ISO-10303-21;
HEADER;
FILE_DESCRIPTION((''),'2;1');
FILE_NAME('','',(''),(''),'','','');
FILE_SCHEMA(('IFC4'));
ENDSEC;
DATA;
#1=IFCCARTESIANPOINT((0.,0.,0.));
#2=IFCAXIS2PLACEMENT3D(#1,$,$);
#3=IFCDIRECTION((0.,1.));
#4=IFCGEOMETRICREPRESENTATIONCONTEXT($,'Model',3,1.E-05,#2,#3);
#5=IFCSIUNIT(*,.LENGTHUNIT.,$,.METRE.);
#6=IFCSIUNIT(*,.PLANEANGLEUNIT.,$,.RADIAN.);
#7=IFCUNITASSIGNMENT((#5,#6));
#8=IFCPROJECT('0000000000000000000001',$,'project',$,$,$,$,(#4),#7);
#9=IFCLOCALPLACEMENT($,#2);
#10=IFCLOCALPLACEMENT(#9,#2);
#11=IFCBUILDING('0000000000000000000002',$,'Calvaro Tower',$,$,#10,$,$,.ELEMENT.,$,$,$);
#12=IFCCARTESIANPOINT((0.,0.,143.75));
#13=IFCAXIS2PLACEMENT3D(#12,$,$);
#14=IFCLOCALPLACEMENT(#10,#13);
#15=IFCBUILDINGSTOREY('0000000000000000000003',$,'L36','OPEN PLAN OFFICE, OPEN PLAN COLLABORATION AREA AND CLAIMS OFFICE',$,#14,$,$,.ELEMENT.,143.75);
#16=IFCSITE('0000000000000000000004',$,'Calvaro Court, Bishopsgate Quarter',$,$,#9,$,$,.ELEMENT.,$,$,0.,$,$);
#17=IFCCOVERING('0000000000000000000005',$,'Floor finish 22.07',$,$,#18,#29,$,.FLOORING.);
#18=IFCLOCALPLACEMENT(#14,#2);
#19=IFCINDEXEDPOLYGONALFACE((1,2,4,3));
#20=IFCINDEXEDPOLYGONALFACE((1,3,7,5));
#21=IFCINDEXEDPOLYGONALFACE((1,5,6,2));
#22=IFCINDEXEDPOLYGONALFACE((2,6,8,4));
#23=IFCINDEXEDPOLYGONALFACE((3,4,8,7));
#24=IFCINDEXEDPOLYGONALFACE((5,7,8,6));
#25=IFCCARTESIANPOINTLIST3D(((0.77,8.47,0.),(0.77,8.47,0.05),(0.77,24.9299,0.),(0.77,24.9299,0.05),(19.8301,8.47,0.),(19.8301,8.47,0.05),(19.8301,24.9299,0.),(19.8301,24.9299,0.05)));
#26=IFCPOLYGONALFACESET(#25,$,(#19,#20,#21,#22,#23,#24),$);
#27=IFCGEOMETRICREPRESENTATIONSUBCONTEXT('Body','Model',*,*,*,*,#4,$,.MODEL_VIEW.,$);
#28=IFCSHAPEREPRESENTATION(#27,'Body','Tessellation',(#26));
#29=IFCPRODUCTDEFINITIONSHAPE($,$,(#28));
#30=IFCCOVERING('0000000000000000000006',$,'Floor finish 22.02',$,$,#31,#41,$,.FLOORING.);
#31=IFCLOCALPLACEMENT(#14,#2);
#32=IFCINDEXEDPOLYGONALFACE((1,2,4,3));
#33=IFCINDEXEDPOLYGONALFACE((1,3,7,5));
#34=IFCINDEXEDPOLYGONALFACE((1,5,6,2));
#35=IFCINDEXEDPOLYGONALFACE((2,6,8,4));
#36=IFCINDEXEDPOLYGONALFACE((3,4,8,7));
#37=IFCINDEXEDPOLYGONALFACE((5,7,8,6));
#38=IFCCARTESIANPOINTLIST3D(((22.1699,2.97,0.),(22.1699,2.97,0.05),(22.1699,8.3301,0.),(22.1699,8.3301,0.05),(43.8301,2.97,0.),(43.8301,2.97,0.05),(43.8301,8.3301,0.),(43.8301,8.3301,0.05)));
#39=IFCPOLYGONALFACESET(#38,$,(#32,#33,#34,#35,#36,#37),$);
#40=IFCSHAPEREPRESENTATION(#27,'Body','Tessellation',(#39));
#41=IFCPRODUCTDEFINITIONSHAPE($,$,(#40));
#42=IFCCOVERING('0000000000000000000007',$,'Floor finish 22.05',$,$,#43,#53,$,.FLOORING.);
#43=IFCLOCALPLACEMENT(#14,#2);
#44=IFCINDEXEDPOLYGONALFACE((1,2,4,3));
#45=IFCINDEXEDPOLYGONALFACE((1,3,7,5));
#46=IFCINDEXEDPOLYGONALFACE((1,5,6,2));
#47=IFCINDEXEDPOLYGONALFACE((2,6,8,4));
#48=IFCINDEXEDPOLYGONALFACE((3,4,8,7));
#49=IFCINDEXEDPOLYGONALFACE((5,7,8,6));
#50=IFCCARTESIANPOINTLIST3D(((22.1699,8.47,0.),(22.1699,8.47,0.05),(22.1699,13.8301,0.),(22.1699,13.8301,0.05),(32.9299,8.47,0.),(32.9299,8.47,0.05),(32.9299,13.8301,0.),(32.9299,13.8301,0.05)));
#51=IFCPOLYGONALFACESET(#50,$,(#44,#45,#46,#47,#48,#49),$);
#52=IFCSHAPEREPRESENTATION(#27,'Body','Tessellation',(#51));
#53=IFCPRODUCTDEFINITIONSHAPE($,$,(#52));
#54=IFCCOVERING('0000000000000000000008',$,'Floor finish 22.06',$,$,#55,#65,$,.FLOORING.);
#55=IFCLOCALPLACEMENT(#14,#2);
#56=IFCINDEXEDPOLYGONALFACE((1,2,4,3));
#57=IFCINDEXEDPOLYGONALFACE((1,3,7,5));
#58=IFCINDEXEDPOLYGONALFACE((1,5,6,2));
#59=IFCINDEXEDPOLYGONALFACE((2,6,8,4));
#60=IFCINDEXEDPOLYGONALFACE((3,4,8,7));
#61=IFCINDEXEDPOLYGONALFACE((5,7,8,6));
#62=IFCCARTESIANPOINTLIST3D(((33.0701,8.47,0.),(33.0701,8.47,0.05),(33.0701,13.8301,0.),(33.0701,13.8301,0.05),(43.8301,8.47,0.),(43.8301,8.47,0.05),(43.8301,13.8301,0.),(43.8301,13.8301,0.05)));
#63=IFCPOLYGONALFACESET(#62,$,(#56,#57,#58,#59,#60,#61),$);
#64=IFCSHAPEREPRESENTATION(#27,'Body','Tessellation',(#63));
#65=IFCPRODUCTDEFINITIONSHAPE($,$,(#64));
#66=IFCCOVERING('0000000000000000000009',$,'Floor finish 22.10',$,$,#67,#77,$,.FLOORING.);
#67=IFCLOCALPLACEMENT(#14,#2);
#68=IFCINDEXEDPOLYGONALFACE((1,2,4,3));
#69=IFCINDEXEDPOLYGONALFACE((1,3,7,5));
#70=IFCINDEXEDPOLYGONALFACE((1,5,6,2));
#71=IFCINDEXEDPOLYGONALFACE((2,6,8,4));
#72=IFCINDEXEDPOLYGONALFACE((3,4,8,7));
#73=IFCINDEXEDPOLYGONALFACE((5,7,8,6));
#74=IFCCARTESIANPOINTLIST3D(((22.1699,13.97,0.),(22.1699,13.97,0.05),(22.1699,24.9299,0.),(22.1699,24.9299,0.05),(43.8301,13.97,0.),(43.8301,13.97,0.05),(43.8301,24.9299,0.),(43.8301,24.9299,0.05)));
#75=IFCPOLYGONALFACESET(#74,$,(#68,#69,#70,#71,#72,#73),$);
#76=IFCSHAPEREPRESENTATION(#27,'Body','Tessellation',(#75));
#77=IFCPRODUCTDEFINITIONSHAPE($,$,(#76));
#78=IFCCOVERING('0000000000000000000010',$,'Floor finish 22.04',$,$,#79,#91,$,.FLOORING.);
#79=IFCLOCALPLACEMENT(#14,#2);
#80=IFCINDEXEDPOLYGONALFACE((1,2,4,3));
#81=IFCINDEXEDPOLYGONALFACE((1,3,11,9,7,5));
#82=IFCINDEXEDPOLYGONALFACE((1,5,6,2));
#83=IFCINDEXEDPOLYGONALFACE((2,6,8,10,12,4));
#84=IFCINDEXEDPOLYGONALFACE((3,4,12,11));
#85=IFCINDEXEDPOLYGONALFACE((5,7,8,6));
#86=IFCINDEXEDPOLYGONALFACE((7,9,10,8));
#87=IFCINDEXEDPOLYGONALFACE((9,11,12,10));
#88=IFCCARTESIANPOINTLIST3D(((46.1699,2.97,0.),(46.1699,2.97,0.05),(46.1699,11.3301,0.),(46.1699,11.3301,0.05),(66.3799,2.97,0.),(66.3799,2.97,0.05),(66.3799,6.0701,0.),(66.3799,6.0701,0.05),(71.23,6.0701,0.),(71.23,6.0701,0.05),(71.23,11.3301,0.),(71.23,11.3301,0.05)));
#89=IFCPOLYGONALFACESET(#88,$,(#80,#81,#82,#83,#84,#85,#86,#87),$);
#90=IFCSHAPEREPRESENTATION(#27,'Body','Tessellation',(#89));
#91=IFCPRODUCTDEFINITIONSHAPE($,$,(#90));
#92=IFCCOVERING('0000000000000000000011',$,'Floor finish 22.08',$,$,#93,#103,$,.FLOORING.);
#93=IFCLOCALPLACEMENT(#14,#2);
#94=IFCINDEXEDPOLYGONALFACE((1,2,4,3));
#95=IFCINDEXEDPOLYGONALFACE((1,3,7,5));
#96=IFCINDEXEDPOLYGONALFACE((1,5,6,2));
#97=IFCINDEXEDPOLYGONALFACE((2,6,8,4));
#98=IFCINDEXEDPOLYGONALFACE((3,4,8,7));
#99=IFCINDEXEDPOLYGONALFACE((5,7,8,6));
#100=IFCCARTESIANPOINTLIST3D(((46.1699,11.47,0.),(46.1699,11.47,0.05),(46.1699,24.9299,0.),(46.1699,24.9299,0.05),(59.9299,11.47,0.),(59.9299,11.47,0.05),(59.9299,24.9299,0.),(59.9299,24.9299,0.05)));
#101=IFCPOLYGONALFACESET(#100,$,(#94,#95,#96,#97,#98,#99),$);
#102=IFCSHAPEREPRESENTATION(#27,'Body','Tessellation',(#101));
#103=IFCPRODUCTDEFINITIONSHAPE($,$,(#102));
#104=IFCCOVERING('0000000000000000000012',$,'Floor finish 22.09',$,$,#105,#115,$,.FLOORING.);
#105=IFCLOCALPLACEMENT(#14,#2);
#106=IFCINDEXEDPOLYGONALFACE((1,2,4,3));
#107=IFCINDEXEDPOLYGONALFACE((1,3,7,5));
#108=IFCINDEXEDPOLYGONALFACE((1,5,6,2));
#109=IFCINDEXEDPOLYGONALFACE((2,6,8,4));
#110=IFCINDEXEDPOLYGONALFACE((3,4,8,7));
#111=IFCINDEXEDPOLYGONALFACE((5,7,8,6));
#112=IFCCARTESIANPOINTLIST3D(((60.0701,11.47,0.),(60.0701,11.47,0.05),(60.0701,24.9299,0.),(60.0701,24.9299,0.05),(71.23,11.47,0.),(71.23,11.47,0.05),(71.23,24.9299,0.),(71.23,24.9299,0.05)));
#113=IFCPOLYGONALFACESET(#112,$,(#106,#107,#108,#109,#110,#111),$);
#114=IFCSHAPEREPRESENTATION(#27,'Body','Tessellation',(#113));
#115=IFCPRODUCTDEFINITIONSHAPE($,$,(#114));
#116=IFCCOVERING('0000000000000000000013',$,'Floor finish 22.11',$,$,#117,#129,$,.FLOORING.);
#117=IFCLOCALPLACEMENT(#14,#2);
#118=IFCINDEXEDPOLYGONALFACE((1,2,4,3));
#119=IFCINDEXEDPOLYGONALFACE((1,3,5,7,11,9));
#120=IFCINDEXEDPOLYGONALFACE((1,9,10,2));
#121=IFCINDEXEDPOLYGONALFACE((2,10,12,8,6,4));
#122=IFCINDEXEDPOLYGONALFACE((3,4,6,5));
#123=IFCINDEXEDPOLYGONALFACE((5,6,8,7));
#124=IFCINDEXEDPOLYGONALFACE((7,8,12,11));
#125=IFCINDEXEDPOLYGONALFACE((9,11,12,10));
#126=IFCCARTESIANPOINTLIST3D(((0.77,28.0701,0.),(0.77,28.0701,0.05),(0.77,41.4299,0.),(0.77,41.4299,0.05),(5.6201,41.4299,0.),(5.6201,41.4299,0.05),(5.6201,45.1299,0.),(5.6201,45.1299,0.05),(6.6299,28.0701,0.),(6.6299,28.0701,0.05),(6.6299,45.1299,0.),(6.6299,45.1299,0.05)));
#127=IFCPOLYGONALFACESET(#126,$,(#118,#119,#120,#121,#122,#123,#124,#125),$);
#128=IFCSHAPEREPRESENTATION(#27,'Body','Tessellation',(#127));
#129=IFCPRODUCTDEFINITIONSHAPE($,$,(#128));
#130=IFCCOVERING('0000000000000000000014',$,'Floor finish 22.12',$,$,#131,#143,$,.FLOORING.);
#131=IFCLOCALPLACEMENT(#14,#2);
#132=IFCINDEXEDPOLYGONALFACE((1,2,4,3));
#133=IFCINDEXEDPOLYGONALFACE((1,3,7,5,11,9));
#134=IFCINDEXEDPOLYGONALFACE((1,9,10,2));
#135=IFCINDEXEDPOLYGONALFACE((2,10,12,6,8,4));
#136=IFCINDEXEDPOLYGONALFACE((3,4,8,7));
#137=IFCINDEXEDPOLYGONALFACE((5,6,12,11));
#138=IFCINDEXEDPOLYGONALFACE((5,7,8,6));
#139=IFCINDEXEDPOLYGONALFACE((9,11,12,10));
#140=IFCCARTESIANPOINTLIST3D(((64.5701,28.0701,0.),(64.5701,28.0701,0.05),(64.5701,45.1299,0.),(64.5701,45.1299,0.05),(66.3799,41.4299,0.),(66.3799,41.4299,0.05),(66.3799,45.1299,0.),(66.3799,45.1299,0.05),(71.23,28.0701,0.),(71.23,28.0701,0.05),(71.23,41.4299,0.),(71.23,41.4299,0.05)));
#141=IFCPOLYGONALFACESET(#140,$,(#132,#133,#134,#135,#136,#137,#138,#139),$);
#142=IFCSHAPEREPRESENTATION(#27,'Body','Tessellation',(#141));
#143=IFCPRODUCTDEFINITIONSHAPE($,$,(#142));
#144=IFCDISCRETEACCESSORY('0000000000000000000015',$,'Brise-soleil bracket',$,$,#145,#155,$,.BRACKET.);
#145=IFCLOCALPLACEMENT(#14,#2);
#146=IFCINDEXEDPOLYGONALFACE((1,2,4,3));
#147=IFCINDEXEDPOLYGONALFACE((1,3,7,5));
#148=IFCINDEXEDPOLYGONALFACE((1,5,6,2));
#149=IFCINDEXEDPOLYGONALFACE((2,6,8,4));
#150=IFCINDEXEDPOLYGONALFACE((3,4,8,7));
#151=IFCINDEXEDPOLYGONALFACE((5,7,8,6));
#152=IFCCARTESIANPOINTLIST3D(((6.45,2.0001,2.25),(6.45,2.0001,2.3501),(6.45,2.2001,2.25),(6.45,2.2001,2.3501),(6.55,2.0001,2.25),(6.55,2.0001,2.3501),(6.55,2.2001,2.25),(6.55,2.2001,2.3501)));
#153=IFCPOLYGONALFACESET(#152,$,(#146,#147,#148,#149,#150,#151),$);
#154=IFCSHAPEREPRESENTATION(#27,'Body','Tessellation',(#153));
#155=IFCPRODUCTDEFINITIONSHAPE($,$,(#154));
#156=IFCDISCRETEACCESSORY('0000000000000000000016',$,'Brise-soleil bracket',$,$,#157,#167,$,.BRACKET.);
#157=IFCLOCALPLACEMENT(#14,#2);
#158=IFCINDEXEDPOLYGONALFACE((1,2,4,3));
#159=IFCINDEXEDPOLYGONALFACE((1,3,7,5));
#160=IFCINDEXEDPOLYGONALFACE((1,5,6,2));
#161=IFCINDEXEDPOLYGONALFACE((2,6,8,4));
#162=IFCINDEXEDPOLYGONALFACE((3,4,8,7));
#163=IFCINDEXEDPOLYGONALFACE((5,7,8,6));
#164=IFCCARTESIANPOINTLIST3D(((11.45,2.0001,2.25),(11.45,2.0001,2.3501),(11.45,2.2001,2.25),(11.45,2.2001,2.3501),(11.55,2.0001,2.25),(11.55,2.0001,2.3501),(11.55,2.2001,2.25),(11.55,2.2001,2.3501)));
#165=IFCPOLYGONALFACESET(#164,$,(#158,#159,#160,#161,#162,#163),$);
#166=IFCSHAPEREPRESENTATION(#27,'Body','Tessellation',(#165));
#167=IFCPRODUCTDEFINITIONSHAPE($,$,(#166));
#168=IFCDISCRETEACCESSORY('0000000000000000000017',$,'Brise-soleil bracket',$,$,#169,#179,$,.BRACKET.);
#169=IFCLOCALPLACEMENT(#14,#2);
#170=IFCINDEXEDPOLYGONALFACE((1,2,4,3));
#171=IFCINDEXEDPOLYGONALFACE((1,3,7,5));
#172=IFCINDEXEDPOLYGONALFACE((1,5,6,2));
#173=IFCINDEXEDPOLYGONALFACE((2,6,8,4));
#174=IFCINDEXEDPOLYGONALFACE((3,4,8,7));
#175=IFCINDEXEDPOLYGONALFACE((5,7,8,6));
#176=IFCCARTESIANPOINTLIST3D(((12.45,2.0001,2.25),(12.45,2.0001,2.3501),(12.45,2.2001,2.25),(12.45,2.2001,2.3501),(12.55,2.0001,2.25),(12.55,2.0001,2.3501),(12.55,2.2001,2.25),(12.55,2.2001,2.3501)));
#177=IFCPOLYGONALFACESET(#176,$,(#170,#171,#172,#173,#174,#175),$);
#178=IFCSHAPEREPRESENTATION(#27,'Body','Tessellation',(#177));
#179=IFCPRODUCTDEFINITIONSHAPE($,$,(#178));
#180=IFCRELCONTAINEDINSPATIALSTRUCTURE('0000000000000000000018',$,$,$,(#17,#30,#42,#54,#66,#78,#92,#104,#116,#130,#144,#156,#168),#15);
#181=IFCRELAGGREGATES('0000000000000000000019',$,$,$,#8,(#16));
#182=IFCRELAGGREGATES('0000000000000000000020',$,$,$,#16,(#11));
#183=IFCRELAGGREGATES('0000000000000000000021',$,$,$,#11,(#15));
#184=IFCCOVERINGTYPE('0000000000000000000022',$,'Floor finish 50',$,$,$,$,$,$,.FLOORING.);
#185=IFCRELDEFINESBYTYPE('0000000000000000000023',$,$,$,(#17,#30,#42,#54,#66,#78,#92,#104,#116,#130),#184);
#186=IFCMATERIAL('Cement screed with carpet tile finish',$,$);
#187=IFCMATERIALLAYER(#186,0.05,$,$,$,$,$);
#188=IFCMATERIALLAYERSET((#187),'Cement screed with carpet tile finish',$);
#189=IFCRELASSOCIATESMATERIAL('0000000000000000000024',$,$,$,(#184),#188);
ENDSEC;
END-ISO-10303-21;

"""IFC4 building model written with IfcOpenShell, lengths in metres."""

from ifc_helpers import new_model, si_unit, direction, frame, origin, origin_2d, place, context, subcontext, project, spatial, polyline, rectangle, outline, extrude, material, layer, layer_set, type_object, element, save


model = new_model("IFC4")

# Units and contexts
model_context = context("Model", 3, precision=1e-05, world=origin(), true_north=direction((0.0, 1.0)))
body_context = subcontext(model_context, "Body", "Model", "MODEL_VIEW")
ifc_project = project(units=[si_unit("LENGTHUNIT", "METRE"), si_unit("PLANEANGLEUNIT", "RADIAN")], contexts=[model_context])

# Site, building, storey
site_placement = place(None, origin())
site = spatial("IfcSite", under=ifc_project, at=site_placement, Name="Calvaro Court, Bishopsgate Quarter", CompositionType="ELEMENT", RefElevation=0.0)
building_placement = place(site_placement, origin())
building = spatial("IfcBuilding", under=site, at=building_placement, Name="Calvaro Tower", CompositionType="ELEMENT")
storey_placement = place(building_placement, frame((0.0, 0.0, 143.75)))
storey = spatial("IfcBuildingStorey", under=building, at=storey_placement, Name="L36", Description="OPEN PLAN OFFICE, OPEN PLAN COLLABORATION AREA AND CLAIMS OFFICE", CompositionType="ELEMENT", Elevation=143.75)

# Coverings
ifc_material_1 = material(Name="Cement screed with carpet tile finish")
ifc_layer_1 = layer(ifc_material_1, 0.05)
ifc_layer_set_1 = layer_set([ifc_layer_1], Name="Cement screed with carpet tile finish")
covering_type = type_object("IfcCoveringType", Name="Floor finish 50", PredefinedType="FLOORING", material=ifc_layer_set_1)
covering_1_placement = place(storey_placement, origin())
element("IfcCovering", 1, at=covering_1_placement, inside=storey, type_object=covering_type, Name="Floor finish 22.07", PredefinedType="FLOORING", context=body_context, shape_type="SweptSolid", body=[
    extrude(outline(polyline([(19.8301, 24.9299), (19.8301, 8.47), (0.77, 8.47), (0.77, 24.9299), (19.8301, 24.9299)])), origin(), (0.0, 0.0, 1.0), 0.05),
])
covering_2_placement = place(storey_placement, origin())
element("IfcCovering", 2, at=covering_2_placement, inside=storey, type_object=covering_type, Name="Floor finish 22.02", PredefinedType="FLOORING", context=body_context, shape_type="SweptSolid", body=[
    extrude(outline(polyline([(22.1699, 8.3301), (43.8301, 8.3301), (43.8301, 2.97), (22.1699, 2.97), (22.1699, 8.3301)])), origin(), (0.0, 0.0, 1.0), 0.05),
])
covering_3_placement = place(storey_placement, origin())
element("IfcCovering", 3, at=covering_3_placement, inside=storey, type_object=covering_type, Name="Floor finish 22.05", PredefinedType="FLOORING", context=body_context, shape_type="SweptSolid", body=[
    extrude(outline(polyline([(22.1699, 8.47), (22.1699, 13.8301), (32.9299, 13.8301), (32.9299, 8.47), (22.1699, 8.47)])), origin(), (0.0, 0.0, 1.0), 0.05),
])
covering_4_placement = place(storey_placement, origin())
element("IfcCovering", 4, at=covering_4_placement, inside=storey, type_object=covering_type, Name="Floor finish 22.06", PredefinedType="FLOORING", context=body_context, shape_type="SweptSolid", body=[
    extrude(outline(polyline([(33.0701, 8.47), (33.0701, 13.8301), (43.8301, 13.8301), (43.8301, 8.47), (33.0701, 8.47)])), origin(), (0.0, 0.0, 1.0), 0.05),
])
covering_5_placement = place(storey_placement, origin())
element("IfcCovering", 5, at=covering_5_placement, inside=storey, type_object=covering_type, Name="Floor finish 22.10", PredefinedType="FLOORING", context=body_context, shape_type="SweptSolid", body=[
    extrude(outline(polyline([(22.1699, 13.97), (22.1699, 24.9299), (43.8301, 24.9299), (43.8301, 13.97), (22.1699, 13.97)])), origin(), (0.0, 0.0, 1.0), 0.05),
])
covering_6_placement = place(storey_placement, origin())
element("IfcCovering", 6, at=covering_6_placement, inside=storey, type_object=covering_type, Name="Floor finish 22.04", PredefinedType="FLOORING", context=body_context, shape_type="SweptSolid", body=[
    extrude(outline(polyline([(71.23, 6.0701), (66.3799, 6.0701), (66.3799, 2.97), (46.1699, 2.97), (46.1699, 11.3301), (71.23, 11.3301), (71.23, 6.0701)])), origin(), (0.0, 0.0, 1.0), 0.05),
])
covering_7_placement = place(storey_placement, origin())
element("IfcCovering", 7, at=covering_7_placement, inside=storey, type_object=covering_type, Name="Floor finish 22.08", PredefinedType="FLOORING", context=body_context, shape_type="SweptSolid", body=[
    extrude(outline(polyline([(46.1699, 11.47), (46.1699, 24.9299), (59.9299, 24.9299), (59.9299, 11.47), (46.1699, 11.47)])), origin(), (0.0, 0.0, 1.0), 0.05),
])
covering_8_placement = place(storey_placement, origin())
element("IfcCovering", 8, at=covering_8_placement, inside=storey, type_object=covering_type, Name="Floor finish 22.09", PredefinedType="FLOORING", context=body_context, shape_type="SweptSolid", body=[
    extrude(outline(polyline([(71.23, 11.47), (60.0701, 11.47), (60.0701, 24.9299), (71.23, 24.9299), (71.23, 11.47)])), origin(), (0.0, 0.0, 1.0), 0.05),
])
covering_9_placement = place(storey_placement, origin())
element("IfcCovering", 9, at=covering_9_placement, inside=storey, type_object=covering_type, Name="Floor finish 22.11", PredefinedType="FLOORING", context=body_context, shape_type="SweptSolid", body=[
    extrude(outline(polyline([(6.6299, 28.0701), (0.77, 28.0701), (0.77, 41.4299), (5.6201, 41.4299), (5.6201, 45.1299), (6.6299, 45.1299), (6.6299, 28.0701)])), origin(), (0.0, 0.0, 1.0), 0.05),
])
covering_10_placement = place(storey_placement, origin())
element("IfcCovering", 10, at=covering_10_placement, inside=storey, type_object=covering_type, Name="Floor finish 22.12", PredefinedType="FLOORING", context=body_context, shape_type="SweptSolid", body=[
    extrude(outline(polyline([(71.23, 28.0701), (64.5701, 28.0701), (64.5701, 45.1299), (66.3799, 45.1299), (66.3799, 41.4299), (71.23, 41.4299), (71.23, 28.0701)])), origin(), (0.0, 0.0, 1.0), 0.05),
])

# Discrete accessories
for number, where, z_axis, x_axis, name in (
    (11, (6.5, 2.1001, 2.25), (0.0, 0.0, 1.0), (1.0, 0.0, 0.0), "Brise-soleil bracket"),
    (12, (11.5, 2.1001, 2.25), (0.0, 0.0, 1.0), (1.0, 0.0, 0.0), "Brise-soleil bracket"),
    (13, (12.5, 2.1001, 2.25), (0.0, 0.0, 1.0), (1.0, 0.0, 0.0), "Brise-soleil bracket"),
):
    element("IfcDiscreteAccessory", number, at=place(storey_placement, frame(where, z_axis=z_axis, x_axis=x_axis)), inside=storey, Name=name, PredefinedType="BRACKET", context=body_context, shape_type="SweptSolid", body=[
        extrude(rectangle(XDim=0.1001, YDim=0.2, at=origin_2d()), origin(), (0.0, 0.0, 1.0), 0.1001),
    ])

save(model, "model.ifc")
